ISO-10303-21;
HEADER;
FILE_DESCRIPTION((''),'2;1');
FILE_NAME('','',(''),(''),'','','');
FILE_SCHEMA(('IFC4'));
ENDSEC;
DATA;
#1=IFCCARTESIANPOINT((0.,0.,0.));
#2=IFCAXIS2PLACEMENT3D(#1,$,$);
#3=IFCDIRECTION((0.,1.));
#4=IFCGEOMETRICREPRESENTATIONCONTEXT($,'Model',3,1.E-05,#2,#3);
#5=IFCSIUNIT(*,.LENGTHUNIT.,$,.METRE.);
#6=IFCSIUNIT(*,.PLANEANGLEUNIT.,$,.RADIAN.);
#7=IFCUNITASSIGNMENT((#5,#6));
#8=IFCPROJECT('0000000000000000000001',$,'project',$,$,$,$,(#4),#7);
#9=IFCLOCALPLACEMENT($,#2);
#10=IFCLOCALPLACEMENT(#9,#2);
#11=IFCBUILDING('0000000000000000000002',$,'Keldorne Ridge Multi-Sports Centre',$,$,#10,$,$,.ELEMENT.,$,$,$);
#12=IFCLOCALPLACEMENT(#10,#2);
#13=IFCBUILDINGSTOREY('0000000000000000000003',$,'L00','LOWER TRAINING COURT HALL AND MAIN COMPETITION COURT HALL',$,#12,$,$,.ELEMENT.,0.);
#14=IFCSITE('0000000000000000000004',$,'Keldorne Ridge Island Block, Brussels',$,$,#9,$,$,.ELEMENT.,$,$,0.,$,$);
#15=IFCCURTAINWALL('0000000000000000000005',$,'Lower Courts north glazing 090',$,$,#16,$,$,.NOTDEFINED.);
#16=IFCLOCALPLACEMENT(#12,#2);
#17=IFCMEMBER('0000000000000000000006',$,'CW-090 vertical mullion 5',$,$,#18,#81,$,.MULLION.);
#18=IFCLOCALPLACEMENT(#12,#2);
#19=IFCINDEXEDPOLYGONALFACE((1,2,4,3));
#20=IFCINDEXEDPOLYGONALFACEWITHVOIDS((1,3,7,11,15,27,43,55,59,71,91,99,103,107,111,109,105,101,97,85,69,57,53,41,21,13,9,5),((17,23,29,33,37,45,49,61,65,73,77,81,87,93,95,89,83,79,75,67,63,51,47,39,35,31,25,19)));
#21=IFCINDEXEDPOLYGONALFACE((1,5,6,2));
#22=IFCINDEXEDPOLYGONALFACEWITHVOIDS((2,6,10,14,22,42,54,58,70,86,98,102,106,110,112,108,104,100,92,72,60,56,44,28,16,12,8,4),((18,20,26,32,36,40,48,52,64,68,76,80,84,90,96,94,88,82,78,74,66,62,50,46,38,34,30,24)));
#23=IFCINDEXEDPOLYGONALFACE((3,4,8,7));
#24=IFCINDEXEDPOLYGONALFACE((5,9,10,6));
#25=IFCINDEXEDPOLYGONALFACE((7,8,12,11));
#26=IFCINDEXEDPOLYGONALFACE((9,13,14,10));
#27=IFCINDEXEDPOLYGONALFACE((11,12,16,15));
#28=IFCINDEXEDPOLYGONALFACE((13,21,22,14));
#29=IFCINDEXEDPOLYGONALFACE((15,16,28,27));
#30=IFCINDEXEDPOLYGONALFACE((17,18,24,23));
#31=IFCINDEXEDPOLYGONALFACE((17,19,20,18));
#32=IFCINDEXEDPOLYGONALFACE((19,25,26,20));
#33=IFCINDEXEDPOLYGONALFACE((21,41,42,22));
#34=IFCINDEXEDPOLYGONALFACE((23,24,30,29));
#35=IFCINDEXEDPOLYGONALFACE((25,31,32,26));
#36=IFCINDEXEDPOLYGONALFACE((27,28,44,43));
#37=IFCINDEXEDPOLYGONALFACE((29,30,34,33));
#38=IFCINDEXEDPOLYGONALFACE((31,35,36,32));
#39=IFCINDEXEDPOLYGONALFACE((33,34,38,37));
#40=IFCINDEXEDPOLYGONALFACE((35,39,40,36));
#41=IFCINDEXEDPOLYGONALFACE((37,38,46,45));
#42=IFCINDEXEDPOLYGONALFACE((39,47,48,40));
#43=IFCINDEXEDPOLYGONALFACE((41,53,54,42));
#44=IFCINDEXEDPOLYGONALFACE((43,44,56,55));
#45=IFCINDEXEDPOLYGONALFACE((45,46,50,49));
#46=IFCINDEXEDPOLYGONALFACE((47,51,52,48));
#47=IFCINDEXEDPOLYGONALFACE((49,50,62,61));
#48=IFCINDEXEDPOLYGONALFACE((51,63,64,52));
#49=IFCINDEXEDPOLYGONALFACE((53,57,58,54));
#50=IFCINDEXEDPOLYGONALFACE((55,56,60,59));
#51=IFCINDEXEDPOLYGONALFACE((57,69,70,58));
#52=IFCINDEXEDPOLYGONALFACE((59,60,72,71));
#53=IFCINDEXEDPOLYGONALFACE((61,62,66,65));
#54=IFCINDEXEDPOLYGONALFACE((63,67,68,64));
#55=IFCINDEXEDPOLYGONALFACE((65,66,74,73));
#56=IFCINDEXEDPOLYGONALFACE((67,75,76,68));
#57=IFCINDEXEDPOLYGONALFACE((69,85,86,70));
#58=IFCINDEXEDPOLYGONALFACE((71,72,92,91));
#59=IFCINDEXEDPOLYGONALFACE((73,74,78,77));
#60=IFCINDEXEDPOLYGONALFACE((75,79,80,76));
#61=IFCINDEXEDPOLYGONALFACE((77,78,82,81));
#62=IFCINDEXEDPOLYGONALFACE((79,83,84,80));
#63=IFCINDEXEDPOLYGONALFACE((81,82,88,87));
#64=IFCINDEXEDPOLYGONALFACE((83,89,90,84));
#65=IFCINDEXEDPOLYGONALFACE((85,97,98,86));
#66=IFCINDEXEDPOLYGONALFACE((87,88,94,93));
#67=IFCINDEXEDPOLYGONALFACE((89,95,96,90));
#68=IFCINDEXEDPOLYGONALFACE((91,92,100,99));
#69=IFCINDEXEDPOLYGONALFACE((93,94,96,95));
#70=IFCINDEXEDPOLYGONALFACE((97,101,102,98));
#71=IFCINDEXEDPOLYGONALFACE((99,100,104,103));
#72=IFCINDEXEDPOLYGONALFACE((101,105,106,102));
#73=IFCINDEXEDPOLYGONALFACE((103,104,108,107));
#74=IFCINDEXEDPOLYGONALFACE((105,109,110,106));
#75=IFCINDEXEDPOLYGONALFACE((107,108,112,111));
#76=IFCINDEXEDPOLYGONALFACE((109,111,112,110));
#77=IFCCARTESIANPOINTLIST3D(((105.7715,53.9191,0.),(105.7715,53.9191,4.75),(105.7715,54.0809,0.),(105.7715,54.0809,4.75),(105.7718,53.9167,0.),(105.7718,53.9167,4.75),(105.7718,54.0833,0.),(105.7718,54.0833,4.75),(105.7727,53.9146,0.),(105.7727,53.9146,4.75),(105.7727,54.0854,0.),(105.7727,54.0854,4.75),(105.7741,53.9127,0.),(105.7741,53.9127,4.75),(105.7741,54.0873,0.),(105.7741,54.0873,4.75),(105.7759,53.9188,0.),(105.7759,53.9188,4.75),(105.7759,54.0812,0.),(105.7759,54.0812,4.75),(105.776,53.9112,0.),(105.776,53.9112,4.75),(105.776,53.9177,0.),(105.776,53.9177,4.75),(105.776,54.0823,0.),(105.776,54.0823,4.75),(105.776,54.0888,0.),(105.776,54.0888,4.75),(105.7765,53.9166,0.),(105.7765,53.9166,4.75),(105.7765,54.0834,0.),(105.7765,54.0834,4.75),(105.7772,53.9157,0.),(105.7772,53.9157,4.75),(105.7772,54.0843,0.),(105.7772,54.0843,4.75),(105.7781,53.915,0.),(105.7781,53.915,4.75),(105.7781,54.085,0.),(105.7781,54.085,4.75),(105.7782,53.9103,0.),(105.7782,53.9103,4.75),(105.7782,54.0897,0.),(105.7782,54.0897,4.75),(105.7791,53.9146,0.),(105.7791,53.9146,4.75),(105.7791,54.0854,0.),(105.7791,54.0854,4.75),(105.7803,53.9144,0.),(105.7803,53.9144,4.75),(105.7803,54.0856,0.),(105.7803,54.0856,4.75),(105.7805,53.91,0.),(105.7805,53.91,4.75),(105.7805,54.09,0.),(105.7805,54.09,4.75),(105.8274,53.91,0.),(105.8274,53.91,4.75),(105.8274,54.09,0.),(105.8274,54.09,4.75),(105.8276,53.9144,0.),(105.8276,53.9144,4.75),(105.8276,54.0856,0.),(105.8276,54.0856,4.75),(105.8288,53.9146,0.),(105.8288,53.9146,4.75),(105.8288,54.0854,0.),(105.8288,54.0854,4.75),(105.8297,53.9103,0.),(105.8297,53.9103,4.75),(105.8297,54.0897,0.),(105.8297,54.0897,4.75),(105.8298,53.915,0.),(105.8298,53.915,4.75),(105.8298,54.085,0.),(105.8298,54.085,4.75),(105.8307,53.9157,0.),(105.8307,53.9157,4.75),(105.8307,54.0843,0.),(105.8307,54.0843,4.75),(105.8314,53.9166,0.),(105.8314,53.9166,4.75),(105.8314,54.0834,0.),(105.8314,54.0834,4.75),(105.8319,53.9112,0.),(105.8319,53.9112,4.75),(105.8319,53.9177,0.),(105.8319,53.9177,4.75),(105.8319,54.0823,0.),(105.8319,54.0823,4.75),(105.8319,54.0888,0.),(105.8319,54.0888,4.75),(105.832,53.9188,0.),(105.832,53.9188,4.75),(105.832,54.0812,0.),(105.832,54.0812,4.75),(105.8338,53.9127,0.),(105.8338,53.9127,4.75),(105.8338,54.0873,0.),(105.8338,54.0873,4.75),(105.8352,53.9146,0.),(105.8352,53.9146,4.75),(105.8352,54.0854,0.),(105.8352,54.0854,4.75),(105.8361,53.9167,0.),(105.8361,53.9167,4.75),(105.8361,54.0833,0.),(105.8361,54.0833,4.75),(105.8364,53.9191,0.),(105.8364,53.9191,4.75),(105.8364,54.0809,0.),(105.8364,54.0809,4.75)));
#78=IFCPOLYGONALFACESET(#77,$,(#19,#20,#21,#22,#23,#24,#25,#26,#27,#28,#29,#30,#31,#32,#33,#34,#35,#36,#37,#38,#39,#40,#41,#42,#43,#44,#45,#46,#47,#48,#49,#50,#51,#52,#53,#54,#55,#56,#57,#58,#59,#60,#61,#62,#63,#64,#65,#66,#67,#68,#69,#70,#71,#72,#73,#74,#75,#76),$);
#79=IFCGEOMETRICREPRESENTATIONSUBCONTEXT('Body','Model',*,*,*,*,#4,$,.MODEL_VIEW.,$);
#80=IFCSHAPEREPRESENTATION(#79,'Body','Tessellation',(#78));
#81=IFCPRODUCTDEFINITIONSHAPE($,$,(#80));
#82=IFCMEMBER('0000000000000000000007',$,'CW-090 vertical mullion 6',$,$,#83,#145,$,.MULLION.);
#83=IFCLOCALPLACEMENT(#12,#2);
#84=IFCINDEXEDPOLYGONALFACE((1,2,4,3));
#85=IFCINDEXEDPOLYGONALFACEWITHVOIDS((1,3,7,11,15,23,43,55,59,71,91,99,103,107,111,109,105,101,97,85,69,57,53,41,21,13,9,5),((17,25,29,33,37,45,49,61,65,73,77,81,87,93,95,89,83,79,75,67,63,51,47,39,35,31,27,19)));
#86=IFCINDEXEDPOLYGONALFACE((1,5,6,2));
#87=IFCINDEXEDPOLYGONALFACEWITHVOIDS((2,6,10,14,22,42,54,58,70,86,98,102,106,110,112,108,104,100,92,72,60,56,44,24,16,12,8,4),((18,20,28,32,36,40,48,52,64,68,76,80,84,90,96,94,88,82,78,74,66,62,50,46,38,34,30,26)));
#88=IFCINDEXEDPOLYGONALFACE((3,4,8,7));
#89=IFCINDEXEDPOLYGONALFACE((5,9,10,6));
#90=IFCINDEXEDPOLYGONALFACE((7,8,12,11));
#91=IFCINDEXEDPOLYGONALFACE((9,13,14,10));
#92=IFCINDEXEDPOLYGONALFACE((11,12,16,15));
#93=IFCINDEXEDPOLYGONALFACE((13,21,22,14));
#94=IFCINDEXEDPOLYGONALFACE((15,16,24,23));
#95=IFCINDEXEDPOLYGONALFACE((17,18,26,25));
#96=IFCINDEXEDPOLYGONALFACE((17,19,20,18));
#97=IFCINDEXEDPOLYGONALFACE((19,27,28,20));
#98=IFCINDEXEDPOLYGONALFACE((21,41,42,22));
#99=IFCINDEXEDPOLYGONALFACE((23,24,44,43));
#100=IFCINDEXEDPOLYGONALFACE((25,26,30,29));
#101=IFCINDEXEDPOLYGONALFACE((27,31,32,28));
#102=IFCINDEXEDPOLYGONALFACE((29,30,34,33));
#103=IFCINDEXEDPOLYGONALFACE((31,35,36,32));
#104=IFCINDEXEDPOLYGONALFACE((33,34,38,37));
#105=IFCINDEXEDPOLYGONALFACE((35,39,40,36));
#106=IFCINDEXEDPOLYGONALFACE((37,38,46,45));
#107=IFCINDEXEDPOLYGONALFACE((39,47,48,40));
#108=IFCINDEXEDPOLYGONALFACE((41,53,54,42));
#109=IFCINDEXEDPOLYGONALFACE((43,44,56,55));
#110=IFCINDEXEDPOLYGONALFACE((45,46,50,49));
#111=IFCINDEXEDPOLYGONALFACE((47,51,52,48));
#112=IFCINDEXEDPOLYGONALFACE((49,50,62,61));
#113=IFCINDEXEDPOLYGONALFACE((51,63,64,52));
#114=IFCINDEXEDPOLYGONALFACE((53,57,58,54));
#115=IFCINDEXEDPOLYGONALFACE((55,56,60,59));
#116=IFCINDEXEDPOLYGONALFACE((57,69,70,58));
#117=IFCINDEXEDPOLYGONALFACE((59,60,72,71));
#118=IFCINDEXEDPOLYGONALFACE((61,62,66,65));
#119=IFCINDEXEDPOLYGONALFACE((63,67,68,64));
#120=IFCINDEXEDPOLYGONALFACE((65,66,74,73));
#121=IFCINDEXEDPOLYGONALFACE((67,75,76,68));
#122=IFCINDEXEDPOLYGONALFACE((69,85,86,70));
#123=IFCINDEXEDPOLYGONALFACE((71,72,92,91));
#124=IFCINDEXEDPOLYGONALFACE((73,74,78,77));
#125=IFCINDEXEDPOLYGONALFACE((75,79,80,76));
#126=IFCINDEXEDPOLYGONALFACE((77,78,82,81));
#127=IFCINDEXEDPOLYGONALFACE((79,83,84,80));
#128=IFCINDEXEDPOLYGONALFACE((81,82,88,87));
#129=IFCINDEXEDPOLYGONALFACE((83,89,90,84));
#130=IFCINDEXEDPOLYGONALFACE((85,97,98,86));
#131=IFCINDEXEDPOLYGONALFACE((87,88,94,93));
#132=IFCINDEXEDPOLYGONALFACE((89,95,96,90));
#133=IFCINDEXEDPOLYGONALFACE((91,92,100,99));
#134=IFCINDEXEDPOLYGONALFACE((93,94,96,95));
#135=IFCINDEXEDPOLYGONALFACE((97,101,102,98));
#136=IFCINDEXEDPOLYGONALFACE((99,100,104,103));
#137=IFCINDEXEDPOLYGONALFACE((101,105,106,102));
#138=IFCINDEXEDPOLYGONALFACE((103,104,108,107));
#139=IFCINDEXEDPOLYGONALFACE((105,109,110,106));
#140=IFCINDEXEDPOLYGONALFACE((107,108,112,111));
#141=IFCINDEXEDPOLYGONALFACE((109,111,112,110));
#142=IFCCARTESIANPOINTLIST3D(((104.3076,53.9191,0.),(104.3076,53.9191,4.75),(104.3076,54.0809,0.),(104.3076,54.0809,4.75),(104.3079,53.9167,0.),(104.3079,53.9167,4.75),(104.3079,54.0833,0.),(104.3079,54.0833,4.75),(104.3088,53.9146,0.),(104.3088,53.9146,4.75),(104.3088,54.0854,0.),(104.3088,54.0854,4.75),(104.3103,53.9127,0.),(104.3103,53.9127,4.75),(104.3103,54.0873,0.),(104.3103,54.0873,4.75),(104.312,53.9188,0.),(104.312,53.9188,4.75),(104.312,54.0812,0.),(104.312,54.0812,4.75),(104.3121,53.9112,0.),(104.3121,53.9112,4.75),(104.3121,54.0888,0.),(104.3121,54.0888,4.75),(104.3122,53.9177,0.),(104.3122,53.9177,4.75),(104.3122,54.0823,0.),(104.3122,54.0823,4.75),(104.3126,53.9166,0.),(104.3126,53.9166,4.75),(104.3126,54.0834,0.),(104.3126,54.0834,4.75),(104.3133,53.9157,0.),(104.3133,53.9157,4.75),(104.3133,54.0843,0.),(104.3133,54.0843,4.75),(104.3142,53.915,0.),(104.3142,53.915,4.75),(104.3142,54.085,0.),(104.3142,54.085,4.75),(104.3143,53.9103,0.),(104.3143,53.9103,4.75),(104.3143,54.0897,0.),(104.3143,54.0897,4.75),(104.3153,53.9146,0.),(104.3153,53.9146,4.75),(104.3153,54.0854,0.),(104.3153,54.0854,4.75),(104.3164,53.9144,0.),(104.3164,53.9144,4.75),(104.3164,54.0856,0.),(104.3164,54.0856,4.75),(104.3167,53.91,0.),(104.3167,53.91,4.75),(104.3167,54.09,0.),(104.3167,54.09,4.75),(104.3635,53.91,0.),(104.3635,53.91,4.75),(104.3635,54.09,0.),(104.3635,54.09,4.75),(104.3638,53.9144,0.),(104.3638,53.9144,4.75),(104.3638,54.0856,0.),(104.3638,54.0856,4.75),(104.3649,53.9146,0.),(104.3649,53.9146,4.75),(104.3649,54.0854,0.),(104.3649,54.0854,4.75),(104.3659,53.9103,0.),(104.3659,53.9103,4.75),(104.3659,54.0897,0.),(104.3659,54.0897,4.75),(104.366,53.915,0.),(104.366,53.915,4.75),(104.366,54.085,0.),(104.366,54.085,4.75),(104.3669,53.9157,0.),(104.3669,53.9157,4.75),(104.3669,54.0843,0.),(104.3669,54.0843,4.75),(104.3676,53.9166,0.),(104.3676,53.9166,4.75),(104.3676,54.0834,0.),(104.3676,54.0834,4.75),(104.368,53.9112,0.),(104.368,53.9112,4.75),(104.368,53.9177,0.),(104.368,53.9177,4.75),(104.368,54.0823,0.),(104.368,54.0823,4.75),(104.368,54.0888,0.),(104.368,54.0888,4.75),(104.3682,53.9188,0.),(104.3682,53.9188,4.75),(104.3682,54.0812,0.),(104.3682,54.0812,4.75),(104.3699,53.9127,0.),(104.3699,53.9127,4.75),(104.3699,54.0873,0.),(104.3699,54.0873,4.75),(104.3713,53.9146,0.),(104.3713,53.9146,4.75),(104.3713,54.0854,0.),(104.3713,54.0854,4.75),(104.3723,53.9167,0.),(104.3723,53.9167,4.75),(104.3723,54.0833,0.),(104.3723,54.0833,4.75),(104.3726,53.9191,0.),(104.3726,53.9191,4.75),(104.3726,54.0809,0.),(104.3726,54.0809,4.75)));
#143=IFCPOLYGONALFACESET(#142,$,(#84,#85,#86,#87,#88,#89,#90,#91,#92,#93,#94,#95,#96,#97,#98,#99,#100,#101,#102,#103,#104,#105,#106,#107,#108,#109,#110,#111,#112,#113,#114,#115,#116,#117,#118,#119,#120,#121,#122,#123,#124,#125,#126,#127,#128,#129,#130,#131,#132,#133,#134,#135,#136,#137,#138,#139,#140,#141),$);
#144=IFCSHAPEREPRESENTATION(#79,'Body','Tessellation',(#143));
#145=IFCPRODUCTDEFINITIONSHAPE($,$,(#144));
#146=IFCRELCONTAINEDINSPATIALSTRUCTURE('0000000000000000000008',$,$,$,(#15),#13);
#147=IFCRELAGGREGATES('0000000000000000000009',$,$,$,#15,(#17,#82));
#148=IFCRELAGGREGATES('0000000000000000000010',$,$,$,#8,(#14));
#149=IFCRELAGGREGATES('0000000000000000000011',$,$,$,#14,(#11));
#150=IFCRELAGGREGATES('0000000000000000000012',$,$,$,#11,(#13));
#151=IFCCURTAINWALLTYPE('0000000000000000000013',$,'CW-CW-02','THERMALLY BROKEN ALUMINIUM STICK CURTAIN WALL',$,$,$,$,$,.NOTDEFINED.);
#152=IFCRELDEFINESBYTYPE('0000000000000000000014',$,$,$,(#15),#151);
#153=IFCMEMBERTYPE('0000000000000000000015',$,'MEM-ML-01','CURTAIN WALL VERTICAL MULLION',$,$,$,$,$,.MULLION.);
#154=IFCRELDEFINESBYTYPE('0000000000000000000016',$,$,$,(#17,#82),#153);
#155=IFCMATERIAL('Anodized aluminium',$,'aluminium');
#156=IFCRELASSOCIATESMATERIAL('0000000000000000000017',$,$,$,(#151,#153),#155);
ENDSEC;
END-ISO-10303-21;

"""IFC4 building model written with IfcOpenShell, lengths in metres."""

from ifc_helpers import new_model, si_unit, direction, frame, origin, origin_2d, place, context, subcontext, project, spatial, hollow_rectangle, extrude, material, material_profile, profile_set, type_object, element, aggregate, save


model = new_model("IFC4")

# Units and contexts
model_context = context("Model", 3, precision=1e-05, world=origin(), true_north=direction((0.0, 1.0)))
body_context = subcontext(model_context, "Body", "Model", "MODEL_VIEW")
ifc_project = project(units=[si_unit("LENGTHUNIT", "METRE"), si_unit("PLANEANGLEUNIT", "RADIAN")], contexts=[model_context])

# Site, building, storey
site_placement = place(None, origin())
site = spatial("IfcSite", under=ifc_project, at=site_placement, Name="Keldorne Ridge Island Block, Brussels", CompositionType="ELEMENT", RefElevation=0.0)
building_placement = place(site_placement, origin())
building = spatial("IfcBuilding", under=site, at=building_placement, Name="Keldorne Ridge Multi-Sports Centre", CompositionType="ELEMENT")
storey_placement = place(building_placement, origin())
storey = spatial("IfcBuildingStorey", under=building, at=storey_placement, Name="L00", Description="LOWER TRAINING COURT HALL AND MAIN COMPETITION COURT HALL", CompositionType="ELEMENT", Elevation=0.0)

# Curtain wall, members
ifc_material_1 = material(Name="Anodized aluminium", Category="aluminium")
curtain_wall_type = type_object("IfcCurtainWallType", Name="CW-CW-02", Description="THERMALLY BROKEN ALUMINIUM STICK CURTAIN WALL", PredefinedType="NOTDEFINED", material=ifc_material_1)
curtain_wall_placement = place(storey_placement, origin())
curtain_wall = element("IfcCurtainWall", 1, at=curtain_wall_placement, inside=storey, type_object=curtain_wall_type, Name="Lower Courts north glazing 090", PredefinedType="NOTDEFINED")
ifc_material_profile_1 = material_profile(ifc_material_1, hollow_rectangle(XDim=0.0649, YDim=0.1799, WallThickness=0.0044, InnerFilletRadius=0.0044, OuterFilletRadius=0.009, at=origin_2d()), Name="ALU MULLION 180x65x4.5")
ifc_profile_set_1 = profile_set([ifc_material_profile_1], Name="Anodized aluminium")
member_type_1 = type_object("IfcMemberType", Name="MEM-ML-01", Description="CURTAIN WALL VERTICAL MULLION", PredefinedType="MULLION", material=ifc_profile_set_1)
member_1_placement = place(storey_placement, frame((105.804, 54.0, 0.0), z_axis=(0.0, 0.0, 1.0), x_axis=(1.0, 0.0, 0.0)))
member_1 = element("IfcMember", 2, at=member_1_placement, type_object=member_type_1, Name="CW-090 vertical mullion 5", PredefinedType="MULLION", context=body_context, shape_type="SweptSolid", body=[
    extrude(hollow_rectangle(XDim=0.0649, YDim=0.1799, WallThickness=0.0044, InnerFilletRadius=0.0044, OuterFilletRadius=0.009, at=origin_2d()), origin(), (0.0, 0.0, 1.0), 4.75),
])
member_2_placement = place(storey_placement, frame((104.3401, 54.0, 0.0), z_axis=(0.0, 0.0, 1.0), x_axis=(1.0, 0.0, 0.0)))
member_2 = element("IfcMember", 3, at=member_2_placement, type_object=member_type_1, Name="CW-090 vertical mullion 6", PredefinedType="MULLION", context=body_context, shape_type="SweptSolid", body=[
    extrude(hollow_rectangle(XDim=0.0649, YDim=0.1799, WallThickness=0.0044, InnerFilletRadius=0.0044, OuterFilletRadius=0.009, at=origin_2d()), origin(), (0.0, 0.0, 1.0), 4.75),
])
aggregate(curtain_wall, [member_1, member_2])

save(model, "model.ifc")
